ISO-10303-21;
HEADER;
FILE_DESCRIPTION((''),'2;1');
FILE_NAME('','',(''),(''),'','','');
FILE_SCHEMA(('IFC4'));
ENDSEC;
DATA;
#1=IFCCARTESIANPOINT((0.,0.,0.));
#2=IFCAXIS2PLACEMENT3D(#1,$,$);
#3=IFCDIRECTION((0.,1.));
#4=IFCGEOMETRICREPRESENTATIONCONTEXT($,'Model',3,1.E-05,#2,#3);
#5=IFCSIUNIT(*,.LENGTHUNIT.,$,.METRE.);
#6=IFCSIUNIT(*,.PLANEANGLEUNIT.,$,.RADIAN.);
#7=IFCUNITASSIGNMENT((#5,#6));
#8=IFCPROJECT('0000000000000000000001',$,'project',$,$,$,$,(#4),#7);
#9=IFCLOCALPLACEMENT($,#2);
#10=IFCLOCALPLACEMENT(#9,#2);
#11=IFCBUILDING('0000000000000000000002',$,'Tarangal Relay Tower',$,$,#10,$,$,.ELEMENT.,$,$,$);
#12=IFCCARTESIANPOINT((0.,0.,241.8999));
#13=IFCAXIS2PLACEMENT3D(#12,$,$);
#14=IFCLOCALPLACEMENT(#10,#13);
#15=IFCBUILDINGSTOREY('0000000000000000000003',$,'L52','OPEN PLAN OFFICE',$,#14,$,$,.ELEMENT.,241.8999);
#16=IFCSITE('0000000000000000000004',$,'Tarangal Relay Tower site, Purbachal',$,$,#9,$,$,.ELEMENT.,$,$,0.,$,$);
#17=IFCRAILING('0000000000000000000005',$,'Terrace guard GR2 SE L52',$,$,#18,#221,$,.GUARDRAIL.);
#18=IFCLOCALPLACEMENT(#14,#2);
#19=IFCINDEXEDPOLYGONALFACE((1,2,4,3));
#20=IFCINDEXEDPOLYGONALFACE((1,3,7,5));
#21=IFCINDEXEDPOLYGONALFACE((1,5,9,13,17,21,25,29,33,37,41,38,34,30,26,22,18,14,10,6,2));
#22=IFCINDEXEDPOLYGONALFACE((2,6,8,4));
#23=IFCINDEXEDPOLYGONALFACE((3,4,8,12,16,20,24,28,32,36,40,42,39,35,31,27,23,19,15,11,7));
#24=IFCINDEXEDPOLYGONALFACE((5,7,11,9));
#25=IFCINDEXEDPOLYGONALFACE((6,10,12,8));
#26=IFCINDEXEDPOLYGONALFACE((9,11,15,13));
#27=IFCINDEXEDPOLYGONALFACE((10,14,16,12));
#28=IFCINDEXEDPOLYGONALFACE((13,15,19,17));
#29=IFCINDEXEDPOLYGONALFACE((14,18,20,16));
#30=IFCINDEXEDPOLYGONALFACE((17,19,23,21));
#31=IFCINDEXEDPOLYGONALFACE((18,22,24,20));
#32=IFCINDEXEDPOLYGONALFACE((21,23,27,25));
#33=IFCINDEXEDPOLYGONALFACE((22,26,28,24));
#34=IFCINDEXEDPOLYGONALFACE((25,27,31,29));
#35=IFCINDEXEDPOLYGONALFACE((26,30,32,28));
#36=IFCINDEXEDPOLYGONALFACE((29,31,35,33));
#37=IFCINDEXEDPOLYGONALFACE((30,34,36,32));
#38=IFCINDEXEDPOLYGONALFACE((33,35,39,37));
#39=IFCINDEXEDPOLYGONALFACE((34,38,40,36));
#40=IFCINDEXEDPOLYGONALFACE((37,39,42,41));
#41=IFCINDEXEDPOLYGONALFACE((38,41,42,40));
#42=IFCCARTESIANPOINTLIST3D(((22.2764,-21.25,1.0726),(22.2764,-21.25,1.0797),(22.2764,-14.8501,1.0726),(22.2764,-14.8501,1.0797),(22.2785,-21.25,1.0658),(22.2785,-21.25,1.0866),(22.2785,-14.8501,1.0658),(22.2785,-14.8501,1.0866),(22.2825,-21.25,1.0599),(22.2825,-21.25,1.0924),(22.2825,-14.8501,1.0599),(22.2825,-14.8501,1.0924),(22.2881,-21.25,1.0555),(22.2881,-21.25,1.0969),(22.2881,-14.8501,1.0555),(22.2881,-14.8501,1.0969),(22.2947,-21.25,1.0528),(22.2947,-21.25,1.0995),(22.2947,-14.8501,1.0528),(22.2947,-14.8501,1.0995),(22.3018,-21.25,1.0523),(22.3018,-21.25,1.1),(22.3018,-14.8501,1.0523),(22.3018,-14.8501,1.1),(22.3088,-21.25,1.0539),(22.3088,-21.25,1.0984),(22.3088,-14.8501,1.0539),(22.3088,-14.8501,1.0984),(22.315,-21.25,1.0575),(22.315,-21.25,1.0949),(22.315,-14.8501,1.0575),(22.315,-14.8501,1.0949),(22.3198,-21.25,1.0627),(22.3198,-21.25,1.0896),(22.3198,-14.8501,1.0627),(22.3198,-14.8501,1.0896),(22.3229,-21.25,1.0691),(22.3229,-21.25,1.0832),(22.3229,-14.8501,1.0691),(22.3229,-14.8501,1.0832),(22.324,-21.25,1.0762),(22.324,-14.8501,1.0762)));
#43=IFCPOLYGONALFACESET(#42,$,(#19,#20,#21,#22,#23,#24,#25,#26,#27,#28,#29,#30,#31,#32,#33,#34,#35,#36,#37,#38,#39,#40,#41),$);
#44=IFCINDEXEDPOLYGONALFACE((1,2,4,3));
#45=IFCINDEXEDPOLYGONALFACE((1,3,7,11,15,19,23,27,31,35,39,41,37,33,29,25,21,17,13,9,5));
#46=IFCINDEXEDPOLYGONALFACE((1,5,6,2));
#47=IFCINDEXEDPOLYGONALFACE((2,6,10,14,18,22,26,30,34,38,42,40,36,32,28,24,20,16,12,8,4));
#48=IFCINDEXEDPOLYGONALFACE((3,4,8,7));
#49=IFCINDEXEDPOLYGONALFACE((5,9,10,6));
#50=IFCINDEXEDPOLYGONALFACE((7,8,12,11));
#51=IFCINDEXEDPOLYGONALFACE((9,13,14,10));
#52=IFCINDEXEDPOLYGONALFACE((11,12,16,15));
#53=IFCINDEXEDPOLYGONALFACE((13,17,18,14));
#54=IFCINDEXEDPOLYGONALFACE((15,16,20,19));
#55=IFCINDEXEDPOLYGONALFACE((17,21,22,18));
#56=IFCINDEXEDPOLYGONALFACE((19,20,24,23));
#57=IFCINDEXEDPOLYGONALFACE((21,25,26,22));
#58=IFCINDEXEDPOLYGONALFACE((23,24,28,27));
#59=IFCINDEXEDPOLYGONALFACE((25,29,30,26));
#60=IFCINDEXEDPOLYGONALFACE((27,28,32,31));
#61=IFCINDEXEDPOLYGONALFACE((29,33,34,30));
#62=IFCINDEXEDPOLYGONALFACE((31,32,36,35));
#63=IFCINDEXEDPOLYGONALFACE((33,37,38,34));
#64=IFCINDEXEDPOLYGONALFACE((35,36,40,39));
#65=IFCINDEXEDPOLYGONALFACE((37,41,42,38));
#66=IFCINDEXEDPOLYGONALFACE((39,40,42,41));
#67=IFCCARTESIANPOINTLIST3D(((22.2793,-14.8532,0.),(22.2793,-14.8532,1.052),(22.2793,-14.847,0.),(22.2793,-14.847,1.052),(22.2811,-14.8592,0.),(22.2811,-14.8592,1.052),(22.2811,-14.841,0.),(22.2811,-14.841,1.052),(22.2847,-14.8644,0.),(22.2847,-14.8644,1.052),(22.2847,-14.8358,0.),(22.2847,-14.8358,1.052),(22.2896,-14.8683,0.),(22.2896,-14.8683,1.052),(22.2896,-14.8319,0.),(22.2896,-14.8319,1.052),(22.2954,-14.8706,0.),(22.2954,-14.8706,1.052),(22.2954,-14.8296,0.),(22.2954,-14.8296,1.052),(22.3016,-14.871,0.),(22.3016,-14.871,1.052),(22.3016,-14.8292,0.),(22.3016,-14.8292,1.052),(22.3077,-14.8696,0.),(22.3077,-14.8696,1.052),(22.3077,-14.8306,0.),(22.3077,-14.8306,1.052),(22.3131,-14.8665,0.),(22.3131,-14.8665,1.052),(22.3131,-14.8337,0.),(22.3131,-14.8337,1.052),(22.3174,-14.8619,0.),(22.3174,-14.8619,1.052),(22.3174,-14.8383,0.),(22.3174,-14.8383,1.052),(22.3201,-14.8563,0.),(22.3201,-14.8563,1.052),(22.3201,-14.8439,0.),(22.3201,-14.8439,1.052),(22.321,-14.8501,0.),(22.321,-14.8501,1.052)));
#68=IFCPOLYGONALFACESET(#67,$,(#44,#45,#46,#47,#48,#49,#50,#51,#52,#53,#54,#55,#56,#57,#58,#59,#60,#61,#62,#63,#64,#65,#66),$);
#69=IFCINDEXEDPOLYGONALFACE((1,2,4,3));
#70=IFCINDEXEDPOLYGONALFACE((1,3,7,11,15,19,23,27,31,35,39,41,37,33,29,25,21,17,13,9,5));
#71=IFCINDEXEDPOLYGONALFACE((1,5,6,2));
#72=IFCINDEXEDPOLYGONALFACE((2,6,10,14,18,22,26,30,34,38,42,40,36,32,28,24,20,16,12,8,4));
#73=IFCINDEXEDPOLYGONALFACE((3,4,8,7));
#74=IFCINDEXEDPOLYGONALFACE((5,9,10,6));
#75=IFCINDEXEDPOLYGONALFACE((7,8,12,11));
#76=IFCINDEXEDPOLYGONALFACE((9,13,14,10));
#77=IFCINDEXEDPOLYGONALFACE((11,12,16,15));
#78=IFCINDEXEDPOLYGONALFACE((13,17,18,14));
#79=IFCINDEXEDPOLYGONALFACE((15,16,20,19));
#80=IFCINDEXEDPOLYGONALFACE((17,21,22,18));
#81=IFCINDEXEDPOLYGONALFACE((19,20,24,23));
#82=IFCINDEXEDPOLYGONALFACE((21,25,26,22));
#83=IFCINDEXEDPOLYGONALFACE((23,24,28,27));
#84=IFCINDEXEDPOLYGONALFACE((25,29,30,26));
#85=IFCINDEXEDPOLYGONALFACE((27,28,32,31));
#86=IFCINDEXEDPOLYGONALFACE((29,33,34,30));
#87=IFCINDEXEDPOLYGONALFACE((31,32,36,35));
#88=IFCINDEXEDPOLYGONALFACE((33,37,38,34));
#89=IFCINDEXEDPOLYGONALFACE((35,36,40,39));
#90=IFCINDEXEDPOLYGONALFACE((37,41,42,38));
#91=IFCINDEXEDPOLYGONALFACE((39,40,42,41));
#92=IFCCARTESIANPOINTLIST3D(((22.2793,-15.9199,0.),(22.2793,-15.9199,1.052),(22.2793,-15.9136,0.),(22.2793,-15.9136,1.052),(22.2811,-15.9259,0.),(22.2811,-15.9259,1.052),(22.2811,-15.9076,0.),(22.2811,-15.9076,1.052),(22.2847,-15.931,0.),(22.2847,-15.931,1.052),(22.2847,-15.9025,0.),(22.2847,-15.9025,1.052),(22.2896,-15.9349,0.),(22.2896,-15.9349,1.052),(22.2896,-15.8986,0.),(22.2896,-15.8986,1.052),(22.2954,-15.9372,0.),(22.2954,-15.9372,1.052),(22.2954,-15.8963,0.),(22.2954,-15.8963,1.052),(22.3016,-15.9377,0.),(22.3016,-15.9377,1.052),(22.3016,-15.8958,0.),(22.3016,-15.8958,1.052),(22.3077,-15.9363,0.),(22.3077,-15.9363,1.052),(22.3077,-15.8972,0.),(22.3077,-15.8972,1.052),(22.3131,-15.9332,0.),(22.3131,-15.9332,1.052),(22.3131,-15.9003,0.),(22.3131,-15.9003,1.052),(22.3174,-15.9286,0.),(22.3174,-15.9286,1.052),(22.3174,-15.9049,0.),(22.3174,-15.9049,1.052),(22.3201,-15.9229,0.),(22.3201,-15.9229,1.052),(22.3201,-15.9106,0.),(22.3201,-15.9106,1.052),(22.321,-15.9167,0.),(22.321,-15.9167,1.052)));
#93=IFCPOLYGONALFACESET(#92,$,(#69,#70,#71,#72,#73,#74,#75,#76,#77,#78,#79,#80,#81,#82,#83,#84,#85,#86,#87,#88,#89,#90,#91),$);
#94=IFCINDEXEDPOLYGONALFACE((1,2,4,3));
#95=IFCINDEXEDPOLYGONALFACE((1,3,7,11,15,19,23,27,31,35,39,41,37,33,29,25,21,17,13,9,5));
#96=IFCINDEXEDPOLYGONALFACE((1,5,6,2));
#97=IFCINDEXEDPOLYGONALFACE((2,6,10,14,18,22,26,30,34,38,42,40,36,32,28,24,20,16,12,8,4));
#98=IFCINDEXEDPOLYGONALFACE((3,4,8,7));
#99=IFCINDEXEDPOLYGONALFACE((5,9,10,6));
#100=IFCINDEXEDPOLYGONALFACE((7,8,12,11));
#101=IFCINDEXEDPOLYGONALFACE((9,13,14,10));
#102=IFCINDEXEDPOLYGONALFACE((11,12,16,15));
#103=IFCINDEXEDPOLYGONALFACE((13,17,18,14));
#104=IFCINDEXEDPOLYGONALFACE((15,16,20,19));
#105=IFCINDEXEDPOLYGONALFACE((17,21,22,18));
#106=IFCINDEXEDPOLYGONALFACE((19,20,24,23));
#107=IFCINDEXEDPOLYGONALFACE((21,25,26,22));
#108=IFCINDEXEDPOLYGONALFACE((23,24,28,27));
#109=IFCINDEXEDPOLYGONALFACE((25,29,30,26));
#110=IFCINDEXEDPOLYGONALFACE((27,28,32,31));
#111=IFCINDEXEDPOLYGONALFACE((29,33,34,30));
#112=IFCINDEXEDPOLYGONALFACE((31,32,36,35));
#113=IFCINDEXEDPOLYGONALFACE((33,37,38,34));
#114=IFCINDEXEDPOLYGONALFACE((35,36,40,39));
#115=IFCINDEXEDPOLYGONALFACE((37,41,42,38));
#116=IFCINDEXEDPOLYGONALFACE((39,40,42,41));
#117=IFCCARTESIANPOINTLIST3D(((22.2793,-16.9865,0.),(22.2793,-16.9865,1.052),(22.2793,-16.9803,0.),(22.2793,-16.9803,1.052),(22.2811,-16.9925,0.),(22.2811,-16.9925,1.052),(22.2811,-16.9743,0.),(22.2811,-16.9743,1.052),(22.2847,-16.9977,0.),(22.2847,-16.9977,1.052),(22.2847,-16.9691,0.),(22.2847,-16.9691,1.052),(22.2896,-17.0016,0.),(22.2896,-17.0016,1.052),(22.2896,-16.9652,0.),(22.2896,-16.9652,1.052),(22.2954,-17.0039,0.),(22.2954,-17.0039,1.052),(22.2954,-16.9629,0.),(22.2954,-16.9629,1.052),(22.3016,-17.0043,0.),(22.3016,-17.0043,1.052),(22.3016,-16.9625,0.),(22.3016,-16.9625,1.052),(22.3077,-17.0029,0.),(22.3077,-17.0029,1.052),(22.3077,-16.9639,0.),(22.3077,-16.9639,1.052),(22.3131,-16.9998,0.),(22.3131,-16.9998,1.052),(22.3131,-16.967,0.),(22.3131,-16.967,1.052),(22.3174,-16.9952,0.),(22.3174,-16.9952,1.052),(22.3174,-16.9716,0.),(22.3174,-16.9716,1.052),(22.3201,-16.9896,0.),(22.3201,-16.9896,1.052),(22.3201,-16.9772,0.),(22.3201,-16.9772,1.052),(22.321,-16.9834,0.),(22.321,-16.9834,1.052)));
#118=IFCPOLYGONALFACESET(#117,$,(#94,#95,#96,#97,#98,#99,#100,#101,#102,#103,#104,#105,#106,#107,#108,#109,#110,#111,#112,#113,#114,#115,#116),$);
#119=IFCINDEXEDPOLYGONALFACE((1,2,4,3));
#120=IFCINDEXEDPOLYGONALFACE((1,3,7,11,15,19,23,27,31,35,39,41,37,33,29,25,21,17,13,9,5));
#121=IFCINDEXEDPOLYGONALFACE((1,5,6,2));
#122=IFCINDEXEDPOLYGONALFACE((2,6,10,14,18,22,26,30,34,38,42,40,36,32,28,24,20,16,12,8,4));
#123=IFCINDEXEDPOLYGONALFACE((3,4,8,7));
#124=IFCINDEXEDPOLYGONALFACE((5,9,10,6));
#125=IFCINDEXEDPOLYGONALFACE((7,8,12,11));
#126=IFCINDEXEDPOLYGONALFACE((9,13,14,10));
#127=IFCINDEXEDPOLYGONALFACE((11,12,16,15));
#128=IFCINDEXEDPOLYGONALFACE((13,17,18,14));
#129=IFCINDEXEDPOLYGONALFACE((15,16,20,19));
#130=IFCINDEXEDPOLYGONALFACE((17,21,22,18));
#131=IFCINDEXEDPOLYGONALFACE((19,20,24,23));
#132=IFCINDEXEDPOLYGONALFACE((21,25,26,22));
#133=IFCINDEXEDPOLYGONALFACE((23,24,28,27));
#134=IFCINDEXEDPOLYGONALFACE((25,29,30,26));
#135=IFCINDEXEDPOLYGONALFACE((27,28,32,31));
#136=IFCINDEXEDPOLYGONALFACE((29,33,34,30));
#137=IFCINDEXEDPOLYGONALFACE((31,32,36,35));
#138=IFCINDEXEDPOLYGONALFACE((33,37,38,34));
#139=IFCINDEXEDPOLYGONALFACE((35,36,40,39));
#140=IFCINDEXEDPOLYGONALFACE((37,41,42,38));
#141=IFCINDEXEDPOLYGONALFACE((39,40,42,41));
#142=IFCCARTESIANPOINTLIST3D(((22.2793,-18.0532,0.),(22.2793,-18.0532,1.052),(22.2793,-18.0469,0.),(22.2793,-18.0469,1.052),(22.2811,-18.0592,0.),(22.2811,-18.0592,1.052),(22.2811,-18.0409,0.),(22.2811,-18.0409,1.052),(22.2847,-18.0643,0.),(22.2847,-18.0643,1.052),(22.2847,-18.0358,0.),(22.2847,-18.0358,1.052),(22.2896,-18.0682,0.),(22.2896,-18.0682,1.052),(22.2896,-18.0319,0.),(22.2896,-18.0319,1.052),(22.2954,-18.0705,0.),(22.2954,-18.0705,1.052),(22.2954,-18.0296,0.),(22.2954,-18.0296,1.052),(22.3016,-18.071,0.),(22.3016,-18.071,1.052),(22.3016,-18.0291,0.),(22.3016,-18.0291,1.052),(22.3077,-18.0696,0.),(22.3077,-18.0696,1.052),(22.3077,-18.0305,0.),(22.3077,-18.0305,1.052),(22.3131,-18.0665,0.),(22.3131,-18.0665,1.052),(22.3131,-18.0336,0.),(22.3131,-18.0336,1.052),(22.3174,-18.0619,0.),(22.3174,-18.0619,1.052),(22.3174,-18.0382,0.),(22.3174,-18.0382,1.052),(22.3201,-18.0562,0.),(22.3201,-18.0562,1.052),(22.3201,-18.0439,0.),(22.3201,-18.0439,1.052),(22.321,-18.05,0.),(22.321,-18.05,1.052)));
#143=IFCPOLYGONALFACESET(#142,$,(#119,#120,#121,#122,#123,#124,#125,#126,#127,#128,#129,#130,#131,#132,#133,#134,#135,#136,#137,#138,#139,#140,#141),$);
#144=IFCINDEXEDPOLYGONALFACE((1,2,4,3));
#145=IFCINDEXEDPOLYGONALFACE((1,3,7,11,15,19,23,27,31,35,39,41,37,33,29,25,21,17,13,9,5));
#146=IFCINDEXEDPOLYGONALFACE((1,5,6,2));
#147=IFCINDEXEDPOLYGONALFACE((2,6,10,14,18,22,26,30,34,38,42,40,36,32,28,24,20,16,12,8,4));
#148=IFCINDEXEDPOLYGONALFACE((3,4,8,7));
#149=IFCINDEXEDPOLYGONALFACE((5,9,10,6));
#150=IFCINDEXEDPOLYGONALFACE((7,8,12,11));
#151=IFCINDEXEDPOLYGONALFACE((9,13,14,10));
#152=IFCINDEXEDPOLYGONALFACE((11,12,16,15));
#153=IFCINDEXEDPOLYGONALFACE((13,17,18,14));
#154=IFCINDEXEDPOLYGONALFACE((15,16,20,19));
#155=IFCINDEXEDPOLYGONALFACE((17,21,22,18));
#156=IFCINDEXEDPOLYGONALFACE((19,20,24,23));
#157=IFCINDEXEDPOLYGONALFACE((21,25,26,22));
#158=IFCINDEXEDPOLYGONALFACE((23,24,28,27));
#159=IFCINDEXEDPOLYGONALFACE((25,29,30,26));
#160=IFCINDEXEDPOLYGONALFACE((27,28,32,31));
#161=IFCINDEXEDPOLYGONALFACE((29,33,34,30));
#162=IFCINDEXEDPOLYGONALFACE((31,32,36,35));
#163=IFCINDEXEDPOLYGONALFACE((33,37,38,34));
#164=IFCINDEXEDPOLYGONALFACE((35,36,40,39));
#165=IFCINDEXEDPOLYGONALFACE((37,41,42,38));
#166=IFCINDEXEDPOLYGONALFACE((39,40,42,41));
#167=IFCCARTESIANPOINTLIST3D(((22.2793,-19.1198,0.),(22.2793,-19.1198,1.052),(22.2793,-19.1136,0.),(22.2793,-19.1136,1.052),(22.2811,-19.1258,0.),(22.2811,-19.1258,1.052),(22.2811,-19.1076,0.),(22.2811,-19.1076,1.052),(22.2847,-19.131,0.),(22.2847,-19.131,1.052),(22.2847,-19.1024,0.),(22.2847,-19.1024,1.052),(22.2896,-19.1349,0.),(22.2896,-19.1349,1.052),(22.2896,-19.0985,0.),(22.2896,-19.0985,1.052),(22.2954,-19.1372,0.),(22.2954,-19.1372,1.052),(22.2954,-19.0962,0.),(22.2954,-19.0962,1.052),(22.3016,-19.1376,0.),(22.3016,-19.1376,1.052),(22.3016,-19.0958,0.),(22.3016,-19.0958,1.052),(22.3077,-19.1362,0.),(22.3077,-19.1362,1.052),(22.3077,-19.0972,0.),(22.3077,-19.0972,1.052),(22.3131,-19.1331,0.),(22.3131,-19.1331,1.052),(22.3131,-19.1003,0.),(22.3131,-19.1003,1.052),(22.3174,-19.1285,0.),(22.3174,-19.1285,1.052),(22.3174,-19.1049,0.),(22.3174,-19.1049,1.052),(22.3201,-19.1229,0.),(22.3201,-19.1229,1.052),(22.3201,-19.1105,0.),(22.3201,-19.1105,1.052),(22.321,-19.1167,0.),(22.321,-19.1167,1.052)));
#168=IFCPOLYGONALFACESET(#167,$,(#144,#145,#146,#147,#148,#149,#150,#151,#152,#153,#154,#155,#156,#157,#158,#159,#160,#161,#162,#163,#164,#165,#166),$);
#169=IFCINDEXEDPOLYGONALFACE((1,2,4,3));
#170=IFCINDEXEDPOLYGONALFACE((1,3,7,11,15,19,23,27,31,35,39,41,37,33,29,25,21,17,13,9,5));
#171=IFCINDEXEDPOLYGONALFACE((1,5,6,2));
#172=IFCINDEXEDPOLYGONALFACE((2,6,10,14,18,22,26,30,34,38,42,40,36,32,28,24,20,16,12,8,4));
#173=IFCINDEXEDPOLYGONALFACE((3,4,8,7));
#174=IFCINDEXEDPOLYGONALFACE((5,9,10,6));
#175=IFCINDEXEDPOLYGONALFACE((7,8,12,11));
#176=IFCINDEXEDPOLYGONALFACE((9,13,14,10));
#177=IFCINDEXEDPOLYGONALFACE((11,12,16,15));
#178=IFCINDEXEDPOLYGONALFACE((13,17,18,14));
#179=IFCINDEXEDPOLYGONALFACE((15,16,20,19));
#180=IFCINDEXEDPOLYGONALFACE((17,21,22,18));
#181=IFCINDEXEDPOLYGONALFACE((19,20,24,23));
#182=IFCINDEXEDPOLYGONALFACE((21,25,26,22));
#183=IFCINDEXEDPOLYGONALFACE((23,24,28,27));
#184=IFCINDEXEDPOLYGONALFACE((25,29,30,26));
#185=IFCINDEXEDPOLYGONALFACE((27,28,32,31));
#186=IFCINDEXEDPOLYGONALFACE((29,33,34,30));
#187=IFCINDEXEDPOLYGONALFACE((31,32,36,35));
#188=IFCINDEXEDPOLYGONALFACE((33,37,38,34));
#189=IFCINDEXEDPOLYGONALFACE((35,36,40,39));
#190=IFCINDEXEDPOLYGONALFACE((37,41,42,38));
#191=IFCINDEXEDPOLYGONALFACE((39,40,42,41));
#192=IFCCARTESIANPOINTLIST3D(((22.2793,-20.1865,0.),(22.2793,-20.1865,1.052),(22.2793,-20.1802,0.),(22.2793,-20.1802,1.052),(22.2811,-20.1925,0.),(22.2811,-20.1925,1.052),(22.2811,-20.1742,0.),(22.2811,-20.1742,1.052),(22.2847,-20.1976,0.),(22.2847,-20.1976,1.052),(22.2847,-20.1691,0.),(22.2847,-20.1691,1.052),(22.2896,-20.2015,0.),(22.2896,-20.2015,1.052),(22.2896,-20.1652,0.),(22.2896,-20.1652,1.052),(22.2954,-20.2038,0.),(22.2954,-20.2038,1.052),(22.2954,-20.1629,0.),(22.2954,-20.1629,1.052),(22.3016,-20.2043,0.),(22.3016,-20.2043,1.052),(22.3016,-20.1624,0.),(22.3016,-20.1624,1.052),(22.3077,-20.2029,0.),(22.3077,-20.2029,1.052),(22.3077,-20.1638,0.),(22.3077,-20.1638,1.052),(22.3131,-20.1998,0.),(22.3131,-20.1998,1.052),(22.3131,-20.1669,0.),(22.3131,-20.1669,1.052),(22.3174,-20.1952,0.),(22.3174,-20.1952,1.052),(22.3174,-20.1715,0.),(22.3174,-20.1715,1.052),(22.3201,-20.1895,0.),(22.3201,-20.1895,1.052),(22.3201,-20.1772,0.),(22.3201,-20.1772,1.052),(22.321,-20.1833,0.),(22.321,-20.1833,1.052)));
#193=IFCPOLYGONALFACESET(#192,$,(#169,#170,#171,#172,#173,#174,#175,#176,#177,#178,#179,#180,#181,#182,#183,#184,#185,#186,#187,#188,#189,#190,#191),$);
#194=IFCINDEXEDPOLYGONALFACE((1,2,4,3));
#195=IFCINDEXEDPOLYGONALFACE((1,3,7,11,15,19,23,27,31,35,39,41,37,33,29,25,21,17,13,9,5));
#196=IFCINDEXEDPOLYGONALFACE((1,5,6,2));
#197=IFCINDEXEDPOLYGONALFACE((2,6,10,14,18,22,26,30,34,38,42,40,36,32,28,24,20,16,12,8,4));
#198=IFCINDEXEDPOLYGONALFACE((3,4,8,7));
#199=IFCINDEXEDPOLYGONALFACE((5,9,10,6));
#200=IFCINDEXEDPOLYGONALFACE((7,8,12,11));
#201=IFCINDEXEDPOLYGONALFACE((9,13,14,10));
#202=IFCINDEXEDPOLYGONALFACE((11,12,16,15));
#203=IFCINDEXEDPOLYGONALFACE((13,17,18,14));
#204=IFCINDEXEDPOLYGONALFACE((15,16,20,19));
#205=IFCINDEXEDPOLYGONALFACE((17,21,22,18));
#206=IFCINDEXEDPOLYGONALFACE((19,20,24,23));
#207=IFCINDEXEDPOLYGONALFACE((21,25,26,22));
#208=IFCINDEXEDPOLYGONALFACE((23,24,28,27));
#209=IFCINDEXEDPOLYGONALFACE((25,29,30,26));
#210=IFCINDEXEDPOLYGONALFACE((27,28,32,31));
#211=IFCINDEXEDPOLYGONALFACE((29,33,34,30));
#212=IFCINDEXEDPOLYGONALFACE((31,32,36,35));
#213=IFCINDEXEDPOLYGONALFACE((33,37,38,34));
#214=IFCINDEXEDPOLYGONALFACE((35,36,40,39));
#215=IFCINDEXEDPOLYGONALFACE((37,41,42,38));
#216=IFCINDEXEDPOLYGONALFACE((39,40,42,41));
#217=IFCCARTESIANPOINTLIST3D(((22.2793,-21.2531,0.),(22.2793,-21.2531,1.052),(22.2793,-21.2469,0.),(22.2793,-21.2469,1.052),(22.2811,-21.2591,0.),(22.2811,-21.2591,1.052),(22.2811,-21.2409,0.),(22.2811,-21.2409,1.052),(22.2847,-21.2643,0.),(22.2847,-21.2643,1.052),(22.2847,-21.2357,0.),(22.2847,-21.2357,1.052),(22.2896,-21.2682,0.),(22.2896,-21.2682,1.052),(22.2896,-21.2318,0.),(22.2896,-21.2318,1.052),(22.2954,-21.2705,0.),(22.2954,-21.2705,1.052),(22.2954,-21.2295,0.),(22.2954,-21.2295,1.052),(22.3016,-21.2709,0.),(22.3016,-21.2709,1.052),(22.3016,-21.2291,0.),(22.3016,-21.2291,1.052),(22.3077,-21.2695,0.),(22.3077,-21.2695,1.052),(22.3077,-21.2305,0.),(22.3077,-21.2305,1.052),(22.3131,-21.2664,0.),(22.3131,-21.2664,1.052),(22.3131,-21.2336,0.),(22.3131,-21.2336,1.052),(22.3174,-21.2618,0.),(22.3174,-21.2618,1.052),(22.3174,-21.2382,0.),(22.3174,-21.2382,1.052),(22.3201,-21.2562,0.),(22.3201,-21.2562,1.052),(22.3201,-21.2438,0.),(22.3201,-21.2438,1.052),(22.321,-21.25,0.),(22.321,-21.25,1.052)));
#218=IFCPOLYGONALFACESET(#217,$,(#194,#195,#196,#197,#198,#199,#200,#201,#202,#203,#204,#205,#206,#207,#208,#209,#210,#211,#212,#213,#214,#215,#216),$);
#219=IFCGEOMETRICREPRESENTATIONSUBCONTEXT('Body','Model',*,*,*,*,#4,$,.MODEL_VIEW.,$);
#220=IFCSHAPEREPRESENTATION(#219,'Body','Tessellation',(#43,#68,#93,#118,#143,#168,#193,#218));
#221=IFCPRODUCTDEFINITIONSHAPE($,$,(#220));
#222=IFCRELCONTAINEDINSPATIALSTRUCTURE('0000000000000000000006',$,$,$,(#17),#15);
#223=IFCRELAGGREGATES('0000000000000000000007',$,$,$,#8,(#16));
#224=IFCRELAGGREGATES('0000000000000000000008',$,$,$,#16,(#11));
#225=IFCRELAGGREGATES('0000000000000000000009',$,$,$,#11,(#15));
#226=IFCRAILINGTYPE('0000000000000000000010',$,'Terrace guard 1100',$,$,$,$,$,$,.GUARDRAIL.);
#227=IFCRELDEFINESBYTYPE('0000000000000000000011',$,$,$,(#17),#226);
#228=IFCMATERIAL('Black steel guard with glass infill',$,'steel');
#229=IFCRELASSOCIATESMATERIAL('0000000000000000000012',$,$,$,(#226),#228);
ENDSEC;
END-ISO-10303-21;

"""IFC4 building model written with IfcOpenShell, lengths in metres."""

from ifc_helpers import new_model, si_unit, direction, frame, origin, origin_2d, place, context, subcontext, project, spatial, circle, extrude, material, type_object, element, save


model = new_model("IFC4")

# Units and contexts
model_context = context("Model", 3, precision=1e-05, world=origin(), true_north=direction((0.0, 1.0)))
body_context = subcontext(model_context, "Body", "Model", "MODEL_VIEW")
ifc_project = project(units=[si_unit("LENGTHUNIT", "METRE"), si_unit("PLANEANGLEUNIT", "RADIAN")], contexts=[model_context])

# Site, building, storey
site_placement = place(None, origin())
site = spatial("IfcSite", under=ifc_project, at=site_placement, Name="Tarangal Relay Tower site, Purbachal", CompositionType="ELEMENT", RefElevation=0.0)
building_placement = place(site_placement, origin())
building = spatial("IfcBuilding", under=site, at=building_placement, Name="Tarangal Relay Tower", CompositionType="ELEMENT")
storey_placement = place(building_placement, frame((0.0, 0.0, 241.8999)))
storey = spatial("IfcBuildingStorey", under=building, at=storey_placement, Name="L52", Description="OPEN PLAN OFFICE", CompositionType="ELEMENT", Elevation=241.8999)

# Railing
ifc_material_1 = material(Name="Black steel guard with glass infill", Category="steel")
railing_type = type_object("IfcRailingType", Name="Terrace guard 1100", PredefinedType="GUARDRAIL", material=ifc_material_1)
railing_1_placement = place(storey_placement, frame((22.3, -14.8501, 0.0)))
element("IfcRailing", 1, at=railing_1_placement, inside=storey, type_object=railing_type, Name="Terrace guard GR2 SE L52", PredefinedType="GUARDRAIL", context=body_context, shape_type="SweptSolid", body=[
    extrude(circle(Radius=0.0239, at=origin_2d()), frame((0.0, 0.0, 1.0762), z_axis=(0.0, -1.0, 0.0), x_axis=(1.0, 0.0, 0.0)), (0.0, 0.0, 1.0), 6.3999),
    extrude(circle(Radius=0.021, at=origin_2d()), origin(), (0.0, 0.0, 1.0), 1.052),
    extrude(circle(Radius=0.021, at=origin_2d()), frame((0.0, -1.0667, 0.0)), (0.0, 0.0, 1.0), 1.052),
    extrude(circle(Radius=0.021, at=origin_2d()), frame((0.0, -2.1333, 0.0)), (0.0, 0.0, 1.0), 1.052),
    extrude(circle(Radius=0.021, at=origin_2d()), frame((0.0, -3.2, 0.0)), (0.0, 0.0, 1.0), 1.052),
    extrude(circle(Radius=0.021, at=origin_2d()), frame((0.0, -4.2666, 0.0)), (0.0, 0.0, 1.0), 1.052),
    extrude(circle(Radius=0.021, at=origin_2d()), frame((0.0, -5.3333, 0.0)), (0.0, 0.0, 1.0), 1.052),
    extrude(circle(Radius=0.021, at=origin_2d()), frame((0.0, -6.3999, 0.0)), (0.0, 0.0, 1.0), 1.052),
])

save(model, "model.ifc")
